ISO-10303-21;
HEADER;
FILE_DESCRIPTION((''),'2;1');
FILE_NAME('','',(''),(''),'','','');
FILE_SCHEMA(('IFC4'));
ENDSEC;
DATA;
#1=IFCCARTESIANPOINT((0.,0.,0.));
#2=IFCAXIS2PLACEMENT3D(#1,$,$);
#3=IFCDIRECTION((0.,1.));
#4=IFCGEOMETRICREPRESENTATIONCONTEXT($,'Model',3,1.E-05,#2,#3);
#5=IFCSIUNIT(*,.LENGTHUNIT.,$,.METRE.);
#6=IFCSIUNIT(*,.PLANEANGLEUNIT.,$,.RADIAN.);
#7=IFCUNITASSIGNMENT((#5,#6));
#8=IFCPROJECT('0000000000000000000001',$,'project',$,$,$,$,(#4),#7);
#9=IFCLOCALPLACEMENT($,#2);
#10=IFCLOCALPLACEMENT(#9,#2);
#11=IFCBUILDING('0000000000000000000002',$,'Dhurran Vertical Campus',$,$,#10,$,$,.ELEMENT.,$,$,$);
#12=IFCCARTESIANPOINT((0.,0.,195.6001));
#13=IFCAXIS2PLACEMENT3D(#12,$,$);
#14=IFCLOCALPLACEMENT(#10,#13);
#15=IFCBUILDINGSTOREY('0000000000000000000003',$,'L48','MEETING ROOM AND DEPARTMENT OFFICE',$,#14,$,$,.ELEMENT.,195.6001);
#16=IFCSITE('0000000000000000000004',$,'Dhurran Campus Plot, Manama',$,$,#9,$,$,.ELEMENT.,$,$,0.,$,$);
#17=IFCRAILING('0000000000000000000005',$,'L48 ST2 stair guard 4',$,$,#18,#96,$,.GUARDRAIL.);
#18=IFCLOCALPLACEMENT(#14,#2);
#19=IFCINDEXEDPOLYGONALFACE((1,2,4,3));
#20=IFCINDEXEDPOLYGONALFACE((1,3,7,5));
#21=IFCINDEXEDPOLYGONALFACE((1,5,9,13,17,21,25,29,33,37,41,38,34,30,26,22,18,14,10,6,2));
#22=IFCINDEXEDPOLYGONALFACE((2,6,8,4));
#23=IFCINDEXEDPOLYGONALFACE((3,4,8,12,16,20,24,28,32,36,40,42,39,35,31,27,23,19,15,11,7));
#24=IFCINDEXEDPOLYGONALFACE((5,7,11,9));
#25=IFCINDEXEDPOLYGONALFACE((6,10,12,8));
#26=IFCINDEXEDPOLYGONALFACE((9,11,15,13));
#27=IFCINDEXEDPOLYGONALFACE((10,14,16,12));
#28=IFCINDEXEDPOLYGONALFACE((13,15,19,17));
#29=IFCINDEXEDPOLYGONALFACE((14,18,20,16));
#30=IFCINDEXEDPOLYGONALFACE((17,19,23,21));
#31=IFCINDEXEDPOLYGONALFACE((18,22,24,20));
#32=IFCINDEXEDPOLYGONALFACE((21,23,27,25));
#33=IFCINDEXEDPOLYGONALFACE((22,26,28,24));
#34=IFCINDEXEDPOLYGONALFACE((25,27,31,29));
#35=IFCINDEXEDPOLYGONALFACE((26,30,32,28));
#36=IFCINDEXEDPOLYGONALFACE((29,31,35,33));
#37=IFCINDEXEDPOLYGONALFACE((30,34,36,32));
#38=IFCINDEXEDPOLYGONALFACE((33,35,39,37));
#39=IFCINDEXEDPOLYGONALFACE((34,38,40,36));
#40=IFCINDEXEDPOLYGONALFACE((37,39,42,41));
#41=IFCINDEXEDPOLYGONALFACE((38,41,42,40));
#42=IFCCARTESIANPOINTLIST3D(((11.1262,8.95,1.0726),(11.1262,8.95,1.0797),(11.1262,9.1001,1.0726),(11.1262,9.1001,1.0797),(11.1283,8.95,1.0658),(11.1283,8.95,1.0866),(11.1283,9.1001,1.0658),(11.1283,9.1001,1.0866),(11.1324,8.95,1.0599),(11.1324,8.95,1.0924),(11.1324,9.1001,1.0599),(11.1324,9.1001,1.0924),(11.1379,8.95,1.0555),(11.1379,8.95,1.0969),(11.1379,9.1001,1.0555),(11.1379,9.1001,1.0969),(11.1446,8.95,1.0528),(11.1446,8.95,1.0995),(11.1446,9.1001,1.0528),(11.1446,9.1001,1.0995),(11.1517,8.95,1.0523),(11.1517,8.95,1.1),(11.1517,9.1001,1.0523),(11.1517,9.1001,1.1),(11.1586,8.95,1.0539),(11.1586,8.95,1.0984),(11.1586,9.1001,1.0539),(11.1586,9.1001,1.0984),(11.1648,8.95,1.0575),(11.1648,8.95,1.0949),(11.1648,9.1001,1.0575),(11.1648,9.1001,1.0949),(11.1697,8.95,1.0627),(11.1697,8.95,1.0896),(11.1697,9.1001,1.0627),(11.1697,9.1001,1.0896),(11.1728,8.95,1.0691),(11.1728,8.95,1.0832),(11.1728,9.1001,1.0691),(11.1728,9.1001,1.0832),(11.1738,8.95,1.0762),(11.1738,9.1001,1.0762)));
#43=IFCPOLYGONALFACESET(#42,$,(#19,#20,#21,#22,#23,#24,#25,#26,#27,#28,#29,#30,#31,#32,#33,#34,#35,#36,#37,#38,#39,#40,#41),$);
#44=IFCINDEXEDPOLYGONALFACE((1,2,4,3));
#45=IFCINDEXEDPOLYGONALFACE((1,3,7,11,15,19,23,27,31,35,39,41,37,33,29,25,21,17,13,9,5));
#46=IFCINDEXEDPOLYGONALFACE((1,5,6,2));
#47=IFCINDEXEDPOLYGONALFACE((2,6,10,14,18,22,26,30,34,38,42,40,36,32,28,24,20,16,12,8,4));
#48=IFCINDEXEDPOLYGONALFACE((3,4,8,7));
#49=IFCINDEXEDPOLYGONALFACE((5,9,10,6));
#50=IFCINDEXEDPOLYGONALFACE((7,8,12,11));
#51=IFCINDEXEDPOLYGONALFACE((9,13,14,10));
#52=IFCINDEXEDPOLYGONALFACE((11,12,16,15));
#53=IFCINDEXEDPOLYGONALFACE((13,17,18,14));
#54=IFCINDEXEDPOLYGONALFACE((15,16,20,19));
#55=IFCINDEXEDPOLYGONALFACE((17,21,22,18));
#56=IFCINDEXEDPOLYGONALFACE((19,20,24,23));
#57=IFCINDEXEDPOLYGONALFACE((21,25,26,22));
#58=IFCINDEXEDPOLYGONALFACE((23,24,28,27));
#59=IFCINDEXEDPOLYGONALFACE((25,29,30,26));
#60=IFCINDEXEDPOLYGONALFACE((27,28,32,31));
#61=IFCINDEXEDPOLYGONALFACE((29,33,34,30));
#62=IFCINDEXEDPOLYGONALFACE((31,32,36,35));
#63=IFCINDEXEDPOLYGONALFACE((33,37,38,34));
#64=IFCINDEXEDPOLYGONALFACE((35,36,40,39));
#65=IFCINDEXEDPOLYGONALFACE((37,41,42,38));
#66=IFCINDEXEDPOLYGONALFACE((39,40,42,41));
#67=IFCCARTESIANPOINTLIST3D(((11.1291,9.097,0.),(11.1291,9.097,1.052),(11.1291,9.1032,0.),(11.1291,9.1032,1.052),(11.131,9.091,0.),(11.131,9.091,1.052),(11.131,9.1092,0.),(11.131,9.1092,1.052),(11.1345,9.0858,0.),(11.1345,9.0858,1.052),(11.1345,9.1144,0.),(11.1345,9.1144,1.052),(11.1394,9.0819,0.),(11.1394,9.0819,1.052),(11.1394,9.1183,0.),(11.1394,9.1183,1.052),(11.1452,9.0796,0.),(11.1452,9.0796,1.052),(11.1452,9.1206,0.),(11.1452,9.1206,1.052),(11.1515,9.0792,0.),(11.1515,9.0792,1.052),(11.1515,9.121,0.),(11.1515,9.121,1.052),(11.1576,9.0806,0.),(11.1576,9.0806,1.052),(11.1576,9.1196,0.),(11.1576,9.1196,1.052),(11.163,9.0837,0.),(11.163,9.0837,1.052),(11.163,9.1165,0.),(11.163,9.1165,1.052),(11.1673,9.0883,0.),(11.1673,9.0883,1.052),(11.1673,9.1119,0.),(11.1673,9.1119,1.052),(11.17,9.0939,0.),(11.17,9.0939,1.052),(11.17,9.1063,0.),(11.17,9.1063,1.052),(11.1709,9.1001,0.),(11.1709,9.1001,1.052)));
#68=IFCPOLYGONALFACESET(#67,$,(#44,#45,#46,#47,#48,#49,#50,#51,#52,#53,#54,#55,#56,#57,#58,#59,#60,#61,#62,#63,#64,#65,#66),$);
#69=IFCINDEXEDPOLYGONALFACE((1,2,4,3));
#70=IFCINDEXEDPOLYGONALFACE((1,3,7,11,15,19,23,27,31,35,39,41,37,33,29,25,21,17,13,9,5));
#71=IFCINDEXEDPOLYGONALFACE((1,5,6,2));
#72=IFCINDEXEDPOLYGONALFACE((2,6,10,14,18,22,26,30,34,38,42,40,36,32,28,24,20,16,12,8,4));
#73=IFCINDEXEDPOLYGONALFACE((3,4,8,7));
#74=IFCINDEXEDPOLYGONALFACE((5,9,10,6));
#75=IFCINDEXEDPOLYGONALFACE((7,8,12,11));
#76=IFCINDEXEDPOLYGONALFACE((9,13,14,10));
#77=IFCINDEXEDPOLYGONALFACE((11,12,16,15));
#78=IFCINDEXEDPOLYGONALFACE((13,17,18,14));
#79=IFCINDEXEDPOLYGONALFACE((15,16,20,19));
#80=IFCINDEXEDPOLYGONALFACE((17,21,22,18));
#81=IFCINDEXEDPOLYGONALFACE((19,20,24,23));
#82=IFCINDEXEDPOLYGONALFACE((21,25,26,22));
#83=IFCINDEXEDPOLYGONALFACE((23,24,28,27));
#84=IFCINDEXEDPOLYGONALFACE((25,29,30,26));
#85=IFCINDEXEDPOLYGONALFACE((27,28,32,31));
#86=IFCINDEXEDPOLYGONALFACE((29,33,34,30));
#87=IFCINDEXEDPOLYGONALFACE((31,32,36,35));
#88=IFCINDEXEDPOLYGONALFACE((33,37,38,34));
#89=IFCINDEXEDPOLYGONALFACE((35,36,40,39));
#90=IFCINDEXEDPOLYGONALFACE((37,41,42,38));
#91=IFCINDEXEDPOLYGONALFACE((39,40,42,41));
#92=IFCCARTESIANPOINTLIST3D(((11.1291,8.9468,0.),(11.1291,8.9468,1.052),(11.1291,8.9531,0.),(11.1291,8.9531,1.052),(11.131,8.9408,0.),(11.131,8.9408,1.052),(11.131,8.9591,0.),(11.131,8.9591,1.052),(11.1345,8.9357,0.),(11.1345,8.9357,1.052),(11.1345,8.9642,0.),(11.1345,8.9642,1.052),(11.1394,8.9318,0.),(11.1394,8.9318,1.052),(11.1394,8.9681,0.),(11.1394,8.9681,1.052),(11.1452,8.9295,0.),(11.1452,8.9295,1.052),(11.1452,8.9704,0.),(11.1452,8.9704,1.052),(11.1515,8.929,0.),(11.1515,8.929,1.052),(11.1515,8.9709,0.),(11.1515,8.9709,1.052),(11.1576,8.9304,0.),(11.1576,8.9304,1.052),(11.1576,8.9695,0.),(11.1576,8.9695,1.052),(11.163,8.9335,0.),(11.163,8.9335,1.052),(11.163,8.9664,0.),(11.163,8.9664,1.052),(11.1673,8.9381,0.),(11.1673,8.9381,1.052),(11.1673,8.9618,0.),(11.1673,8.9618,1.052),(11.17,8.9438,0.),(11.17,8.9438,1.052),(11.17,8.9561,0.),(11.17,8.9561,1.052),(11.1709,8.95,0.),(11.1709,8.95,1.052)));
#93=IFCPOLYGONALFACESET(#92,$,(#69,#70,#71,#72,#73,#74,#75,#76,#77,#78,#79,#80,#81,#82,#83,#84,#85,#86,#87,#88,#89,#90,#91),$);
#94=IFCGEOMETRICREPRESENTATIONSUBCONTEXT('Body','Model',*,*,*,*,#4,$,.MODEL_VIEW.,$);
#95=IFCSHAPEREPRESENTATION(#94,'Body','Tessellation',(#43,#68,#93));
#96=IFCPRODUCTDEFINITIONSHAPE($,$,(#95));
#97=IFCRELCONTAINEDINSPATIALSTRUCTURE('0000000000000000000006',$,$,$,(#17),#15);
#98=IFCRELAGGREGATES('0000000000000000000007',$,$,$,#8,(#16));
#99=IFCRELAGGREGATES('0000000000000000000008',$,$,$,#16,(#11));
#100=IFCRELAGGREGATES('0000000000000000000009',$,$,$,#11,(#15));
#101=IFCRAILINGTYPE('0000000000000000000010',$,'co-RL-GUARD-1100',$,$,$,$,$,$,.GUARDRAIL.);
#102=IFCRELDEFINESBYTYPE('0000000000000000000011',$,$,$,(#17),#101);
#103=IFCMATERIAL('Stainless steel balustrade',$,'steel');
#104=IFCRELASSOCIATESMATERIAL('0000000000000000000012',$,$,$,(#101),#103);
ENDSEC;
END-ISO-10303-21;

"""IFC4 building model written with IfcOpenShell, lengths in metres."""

from ifc_helpers import new_model, si_unit, direction, frame, origin, origin_2d, place, context, subcontext, project, spatial, circle, extrude, material, type_object, element, save


model = new_model("IFC4")

# Units and contexts
model_context = context("Model", 3, precision=1e-05, world=origin(), true_north=direction((0.0, 1.0)))
body_context = subcontext(model_context, "Body", "Model", "MODEL_VIEW")
ifc_project = project(units=[si_unit("LENGTHUNIT", "METRE"), si_unit("PLANEANGLEUNIT", "RADIAN")], contexts=[model_context])

# Site, building, storey
site_placement = place(None, origin())
site = spatial("IfcSite", under=ifc_project, at=site_placement, Name="Dhurran Campus Plot, Manama", CompositionType="ELEMENT", RefElevation=0.0)
building_placement = place(site_placement, origin())
building = spatial("IfcBuilding", under=site, at=building_placement, Name="Dhurran Vertical Campus", CompositionType="ELEMENT")
storey_placement = place(building_placement, frame((0.0, 0.0, 195.6001)))
storey = spatial("IfcBuildingStorey", under=building, at=storey_placement, Name="L48", Description="MEETING ROOM AND DEPARTMENT OFFICE", CompositionType="ELEMENT", Elevation=195.6001)

# Railing
ifc_material_1 = material(Name="Stainless steel balustrade", Category="steel")
railing_type_1 = type_object("IfcRailingType", Name="co-RL-GUARD-1100", PredefinedType="GUARDRAIL", material=ifc_material_1)
railing_1_placement = place(storey_placement, frame((11.1499, 9.1001, 0.0)))
element("IfcRailing", 1, at=railing_1_placement, inside=storey, type_object=railing_type_1, Name="L48 ST2 stair guard 4", PredefinedType="GUARDRAIL", context=body_context, shape_type="SweptSolid", body=[
    extrude(circle(Radius=0.0239, at=origin_2d()), frame((0.0, 0.0, 1.0762), z_axis=(0.0, -1.0, 0.0), x_axis=(1.0, 0.0, 0.0)), (0.0, 0.0, 1.0), 0.1501),
    extrude(circle(Radius=0.021, at=origin_2d()), origin(), (0.0, 0.0, 1.0), 1.052),
    extrude(circle(Radius=0.021, at=origin_2d()), frame((0.0, -0.1501, 0.0)), (0.0, 0.0, 1.0), 1.052),
])

save(model, "model.ifc")
